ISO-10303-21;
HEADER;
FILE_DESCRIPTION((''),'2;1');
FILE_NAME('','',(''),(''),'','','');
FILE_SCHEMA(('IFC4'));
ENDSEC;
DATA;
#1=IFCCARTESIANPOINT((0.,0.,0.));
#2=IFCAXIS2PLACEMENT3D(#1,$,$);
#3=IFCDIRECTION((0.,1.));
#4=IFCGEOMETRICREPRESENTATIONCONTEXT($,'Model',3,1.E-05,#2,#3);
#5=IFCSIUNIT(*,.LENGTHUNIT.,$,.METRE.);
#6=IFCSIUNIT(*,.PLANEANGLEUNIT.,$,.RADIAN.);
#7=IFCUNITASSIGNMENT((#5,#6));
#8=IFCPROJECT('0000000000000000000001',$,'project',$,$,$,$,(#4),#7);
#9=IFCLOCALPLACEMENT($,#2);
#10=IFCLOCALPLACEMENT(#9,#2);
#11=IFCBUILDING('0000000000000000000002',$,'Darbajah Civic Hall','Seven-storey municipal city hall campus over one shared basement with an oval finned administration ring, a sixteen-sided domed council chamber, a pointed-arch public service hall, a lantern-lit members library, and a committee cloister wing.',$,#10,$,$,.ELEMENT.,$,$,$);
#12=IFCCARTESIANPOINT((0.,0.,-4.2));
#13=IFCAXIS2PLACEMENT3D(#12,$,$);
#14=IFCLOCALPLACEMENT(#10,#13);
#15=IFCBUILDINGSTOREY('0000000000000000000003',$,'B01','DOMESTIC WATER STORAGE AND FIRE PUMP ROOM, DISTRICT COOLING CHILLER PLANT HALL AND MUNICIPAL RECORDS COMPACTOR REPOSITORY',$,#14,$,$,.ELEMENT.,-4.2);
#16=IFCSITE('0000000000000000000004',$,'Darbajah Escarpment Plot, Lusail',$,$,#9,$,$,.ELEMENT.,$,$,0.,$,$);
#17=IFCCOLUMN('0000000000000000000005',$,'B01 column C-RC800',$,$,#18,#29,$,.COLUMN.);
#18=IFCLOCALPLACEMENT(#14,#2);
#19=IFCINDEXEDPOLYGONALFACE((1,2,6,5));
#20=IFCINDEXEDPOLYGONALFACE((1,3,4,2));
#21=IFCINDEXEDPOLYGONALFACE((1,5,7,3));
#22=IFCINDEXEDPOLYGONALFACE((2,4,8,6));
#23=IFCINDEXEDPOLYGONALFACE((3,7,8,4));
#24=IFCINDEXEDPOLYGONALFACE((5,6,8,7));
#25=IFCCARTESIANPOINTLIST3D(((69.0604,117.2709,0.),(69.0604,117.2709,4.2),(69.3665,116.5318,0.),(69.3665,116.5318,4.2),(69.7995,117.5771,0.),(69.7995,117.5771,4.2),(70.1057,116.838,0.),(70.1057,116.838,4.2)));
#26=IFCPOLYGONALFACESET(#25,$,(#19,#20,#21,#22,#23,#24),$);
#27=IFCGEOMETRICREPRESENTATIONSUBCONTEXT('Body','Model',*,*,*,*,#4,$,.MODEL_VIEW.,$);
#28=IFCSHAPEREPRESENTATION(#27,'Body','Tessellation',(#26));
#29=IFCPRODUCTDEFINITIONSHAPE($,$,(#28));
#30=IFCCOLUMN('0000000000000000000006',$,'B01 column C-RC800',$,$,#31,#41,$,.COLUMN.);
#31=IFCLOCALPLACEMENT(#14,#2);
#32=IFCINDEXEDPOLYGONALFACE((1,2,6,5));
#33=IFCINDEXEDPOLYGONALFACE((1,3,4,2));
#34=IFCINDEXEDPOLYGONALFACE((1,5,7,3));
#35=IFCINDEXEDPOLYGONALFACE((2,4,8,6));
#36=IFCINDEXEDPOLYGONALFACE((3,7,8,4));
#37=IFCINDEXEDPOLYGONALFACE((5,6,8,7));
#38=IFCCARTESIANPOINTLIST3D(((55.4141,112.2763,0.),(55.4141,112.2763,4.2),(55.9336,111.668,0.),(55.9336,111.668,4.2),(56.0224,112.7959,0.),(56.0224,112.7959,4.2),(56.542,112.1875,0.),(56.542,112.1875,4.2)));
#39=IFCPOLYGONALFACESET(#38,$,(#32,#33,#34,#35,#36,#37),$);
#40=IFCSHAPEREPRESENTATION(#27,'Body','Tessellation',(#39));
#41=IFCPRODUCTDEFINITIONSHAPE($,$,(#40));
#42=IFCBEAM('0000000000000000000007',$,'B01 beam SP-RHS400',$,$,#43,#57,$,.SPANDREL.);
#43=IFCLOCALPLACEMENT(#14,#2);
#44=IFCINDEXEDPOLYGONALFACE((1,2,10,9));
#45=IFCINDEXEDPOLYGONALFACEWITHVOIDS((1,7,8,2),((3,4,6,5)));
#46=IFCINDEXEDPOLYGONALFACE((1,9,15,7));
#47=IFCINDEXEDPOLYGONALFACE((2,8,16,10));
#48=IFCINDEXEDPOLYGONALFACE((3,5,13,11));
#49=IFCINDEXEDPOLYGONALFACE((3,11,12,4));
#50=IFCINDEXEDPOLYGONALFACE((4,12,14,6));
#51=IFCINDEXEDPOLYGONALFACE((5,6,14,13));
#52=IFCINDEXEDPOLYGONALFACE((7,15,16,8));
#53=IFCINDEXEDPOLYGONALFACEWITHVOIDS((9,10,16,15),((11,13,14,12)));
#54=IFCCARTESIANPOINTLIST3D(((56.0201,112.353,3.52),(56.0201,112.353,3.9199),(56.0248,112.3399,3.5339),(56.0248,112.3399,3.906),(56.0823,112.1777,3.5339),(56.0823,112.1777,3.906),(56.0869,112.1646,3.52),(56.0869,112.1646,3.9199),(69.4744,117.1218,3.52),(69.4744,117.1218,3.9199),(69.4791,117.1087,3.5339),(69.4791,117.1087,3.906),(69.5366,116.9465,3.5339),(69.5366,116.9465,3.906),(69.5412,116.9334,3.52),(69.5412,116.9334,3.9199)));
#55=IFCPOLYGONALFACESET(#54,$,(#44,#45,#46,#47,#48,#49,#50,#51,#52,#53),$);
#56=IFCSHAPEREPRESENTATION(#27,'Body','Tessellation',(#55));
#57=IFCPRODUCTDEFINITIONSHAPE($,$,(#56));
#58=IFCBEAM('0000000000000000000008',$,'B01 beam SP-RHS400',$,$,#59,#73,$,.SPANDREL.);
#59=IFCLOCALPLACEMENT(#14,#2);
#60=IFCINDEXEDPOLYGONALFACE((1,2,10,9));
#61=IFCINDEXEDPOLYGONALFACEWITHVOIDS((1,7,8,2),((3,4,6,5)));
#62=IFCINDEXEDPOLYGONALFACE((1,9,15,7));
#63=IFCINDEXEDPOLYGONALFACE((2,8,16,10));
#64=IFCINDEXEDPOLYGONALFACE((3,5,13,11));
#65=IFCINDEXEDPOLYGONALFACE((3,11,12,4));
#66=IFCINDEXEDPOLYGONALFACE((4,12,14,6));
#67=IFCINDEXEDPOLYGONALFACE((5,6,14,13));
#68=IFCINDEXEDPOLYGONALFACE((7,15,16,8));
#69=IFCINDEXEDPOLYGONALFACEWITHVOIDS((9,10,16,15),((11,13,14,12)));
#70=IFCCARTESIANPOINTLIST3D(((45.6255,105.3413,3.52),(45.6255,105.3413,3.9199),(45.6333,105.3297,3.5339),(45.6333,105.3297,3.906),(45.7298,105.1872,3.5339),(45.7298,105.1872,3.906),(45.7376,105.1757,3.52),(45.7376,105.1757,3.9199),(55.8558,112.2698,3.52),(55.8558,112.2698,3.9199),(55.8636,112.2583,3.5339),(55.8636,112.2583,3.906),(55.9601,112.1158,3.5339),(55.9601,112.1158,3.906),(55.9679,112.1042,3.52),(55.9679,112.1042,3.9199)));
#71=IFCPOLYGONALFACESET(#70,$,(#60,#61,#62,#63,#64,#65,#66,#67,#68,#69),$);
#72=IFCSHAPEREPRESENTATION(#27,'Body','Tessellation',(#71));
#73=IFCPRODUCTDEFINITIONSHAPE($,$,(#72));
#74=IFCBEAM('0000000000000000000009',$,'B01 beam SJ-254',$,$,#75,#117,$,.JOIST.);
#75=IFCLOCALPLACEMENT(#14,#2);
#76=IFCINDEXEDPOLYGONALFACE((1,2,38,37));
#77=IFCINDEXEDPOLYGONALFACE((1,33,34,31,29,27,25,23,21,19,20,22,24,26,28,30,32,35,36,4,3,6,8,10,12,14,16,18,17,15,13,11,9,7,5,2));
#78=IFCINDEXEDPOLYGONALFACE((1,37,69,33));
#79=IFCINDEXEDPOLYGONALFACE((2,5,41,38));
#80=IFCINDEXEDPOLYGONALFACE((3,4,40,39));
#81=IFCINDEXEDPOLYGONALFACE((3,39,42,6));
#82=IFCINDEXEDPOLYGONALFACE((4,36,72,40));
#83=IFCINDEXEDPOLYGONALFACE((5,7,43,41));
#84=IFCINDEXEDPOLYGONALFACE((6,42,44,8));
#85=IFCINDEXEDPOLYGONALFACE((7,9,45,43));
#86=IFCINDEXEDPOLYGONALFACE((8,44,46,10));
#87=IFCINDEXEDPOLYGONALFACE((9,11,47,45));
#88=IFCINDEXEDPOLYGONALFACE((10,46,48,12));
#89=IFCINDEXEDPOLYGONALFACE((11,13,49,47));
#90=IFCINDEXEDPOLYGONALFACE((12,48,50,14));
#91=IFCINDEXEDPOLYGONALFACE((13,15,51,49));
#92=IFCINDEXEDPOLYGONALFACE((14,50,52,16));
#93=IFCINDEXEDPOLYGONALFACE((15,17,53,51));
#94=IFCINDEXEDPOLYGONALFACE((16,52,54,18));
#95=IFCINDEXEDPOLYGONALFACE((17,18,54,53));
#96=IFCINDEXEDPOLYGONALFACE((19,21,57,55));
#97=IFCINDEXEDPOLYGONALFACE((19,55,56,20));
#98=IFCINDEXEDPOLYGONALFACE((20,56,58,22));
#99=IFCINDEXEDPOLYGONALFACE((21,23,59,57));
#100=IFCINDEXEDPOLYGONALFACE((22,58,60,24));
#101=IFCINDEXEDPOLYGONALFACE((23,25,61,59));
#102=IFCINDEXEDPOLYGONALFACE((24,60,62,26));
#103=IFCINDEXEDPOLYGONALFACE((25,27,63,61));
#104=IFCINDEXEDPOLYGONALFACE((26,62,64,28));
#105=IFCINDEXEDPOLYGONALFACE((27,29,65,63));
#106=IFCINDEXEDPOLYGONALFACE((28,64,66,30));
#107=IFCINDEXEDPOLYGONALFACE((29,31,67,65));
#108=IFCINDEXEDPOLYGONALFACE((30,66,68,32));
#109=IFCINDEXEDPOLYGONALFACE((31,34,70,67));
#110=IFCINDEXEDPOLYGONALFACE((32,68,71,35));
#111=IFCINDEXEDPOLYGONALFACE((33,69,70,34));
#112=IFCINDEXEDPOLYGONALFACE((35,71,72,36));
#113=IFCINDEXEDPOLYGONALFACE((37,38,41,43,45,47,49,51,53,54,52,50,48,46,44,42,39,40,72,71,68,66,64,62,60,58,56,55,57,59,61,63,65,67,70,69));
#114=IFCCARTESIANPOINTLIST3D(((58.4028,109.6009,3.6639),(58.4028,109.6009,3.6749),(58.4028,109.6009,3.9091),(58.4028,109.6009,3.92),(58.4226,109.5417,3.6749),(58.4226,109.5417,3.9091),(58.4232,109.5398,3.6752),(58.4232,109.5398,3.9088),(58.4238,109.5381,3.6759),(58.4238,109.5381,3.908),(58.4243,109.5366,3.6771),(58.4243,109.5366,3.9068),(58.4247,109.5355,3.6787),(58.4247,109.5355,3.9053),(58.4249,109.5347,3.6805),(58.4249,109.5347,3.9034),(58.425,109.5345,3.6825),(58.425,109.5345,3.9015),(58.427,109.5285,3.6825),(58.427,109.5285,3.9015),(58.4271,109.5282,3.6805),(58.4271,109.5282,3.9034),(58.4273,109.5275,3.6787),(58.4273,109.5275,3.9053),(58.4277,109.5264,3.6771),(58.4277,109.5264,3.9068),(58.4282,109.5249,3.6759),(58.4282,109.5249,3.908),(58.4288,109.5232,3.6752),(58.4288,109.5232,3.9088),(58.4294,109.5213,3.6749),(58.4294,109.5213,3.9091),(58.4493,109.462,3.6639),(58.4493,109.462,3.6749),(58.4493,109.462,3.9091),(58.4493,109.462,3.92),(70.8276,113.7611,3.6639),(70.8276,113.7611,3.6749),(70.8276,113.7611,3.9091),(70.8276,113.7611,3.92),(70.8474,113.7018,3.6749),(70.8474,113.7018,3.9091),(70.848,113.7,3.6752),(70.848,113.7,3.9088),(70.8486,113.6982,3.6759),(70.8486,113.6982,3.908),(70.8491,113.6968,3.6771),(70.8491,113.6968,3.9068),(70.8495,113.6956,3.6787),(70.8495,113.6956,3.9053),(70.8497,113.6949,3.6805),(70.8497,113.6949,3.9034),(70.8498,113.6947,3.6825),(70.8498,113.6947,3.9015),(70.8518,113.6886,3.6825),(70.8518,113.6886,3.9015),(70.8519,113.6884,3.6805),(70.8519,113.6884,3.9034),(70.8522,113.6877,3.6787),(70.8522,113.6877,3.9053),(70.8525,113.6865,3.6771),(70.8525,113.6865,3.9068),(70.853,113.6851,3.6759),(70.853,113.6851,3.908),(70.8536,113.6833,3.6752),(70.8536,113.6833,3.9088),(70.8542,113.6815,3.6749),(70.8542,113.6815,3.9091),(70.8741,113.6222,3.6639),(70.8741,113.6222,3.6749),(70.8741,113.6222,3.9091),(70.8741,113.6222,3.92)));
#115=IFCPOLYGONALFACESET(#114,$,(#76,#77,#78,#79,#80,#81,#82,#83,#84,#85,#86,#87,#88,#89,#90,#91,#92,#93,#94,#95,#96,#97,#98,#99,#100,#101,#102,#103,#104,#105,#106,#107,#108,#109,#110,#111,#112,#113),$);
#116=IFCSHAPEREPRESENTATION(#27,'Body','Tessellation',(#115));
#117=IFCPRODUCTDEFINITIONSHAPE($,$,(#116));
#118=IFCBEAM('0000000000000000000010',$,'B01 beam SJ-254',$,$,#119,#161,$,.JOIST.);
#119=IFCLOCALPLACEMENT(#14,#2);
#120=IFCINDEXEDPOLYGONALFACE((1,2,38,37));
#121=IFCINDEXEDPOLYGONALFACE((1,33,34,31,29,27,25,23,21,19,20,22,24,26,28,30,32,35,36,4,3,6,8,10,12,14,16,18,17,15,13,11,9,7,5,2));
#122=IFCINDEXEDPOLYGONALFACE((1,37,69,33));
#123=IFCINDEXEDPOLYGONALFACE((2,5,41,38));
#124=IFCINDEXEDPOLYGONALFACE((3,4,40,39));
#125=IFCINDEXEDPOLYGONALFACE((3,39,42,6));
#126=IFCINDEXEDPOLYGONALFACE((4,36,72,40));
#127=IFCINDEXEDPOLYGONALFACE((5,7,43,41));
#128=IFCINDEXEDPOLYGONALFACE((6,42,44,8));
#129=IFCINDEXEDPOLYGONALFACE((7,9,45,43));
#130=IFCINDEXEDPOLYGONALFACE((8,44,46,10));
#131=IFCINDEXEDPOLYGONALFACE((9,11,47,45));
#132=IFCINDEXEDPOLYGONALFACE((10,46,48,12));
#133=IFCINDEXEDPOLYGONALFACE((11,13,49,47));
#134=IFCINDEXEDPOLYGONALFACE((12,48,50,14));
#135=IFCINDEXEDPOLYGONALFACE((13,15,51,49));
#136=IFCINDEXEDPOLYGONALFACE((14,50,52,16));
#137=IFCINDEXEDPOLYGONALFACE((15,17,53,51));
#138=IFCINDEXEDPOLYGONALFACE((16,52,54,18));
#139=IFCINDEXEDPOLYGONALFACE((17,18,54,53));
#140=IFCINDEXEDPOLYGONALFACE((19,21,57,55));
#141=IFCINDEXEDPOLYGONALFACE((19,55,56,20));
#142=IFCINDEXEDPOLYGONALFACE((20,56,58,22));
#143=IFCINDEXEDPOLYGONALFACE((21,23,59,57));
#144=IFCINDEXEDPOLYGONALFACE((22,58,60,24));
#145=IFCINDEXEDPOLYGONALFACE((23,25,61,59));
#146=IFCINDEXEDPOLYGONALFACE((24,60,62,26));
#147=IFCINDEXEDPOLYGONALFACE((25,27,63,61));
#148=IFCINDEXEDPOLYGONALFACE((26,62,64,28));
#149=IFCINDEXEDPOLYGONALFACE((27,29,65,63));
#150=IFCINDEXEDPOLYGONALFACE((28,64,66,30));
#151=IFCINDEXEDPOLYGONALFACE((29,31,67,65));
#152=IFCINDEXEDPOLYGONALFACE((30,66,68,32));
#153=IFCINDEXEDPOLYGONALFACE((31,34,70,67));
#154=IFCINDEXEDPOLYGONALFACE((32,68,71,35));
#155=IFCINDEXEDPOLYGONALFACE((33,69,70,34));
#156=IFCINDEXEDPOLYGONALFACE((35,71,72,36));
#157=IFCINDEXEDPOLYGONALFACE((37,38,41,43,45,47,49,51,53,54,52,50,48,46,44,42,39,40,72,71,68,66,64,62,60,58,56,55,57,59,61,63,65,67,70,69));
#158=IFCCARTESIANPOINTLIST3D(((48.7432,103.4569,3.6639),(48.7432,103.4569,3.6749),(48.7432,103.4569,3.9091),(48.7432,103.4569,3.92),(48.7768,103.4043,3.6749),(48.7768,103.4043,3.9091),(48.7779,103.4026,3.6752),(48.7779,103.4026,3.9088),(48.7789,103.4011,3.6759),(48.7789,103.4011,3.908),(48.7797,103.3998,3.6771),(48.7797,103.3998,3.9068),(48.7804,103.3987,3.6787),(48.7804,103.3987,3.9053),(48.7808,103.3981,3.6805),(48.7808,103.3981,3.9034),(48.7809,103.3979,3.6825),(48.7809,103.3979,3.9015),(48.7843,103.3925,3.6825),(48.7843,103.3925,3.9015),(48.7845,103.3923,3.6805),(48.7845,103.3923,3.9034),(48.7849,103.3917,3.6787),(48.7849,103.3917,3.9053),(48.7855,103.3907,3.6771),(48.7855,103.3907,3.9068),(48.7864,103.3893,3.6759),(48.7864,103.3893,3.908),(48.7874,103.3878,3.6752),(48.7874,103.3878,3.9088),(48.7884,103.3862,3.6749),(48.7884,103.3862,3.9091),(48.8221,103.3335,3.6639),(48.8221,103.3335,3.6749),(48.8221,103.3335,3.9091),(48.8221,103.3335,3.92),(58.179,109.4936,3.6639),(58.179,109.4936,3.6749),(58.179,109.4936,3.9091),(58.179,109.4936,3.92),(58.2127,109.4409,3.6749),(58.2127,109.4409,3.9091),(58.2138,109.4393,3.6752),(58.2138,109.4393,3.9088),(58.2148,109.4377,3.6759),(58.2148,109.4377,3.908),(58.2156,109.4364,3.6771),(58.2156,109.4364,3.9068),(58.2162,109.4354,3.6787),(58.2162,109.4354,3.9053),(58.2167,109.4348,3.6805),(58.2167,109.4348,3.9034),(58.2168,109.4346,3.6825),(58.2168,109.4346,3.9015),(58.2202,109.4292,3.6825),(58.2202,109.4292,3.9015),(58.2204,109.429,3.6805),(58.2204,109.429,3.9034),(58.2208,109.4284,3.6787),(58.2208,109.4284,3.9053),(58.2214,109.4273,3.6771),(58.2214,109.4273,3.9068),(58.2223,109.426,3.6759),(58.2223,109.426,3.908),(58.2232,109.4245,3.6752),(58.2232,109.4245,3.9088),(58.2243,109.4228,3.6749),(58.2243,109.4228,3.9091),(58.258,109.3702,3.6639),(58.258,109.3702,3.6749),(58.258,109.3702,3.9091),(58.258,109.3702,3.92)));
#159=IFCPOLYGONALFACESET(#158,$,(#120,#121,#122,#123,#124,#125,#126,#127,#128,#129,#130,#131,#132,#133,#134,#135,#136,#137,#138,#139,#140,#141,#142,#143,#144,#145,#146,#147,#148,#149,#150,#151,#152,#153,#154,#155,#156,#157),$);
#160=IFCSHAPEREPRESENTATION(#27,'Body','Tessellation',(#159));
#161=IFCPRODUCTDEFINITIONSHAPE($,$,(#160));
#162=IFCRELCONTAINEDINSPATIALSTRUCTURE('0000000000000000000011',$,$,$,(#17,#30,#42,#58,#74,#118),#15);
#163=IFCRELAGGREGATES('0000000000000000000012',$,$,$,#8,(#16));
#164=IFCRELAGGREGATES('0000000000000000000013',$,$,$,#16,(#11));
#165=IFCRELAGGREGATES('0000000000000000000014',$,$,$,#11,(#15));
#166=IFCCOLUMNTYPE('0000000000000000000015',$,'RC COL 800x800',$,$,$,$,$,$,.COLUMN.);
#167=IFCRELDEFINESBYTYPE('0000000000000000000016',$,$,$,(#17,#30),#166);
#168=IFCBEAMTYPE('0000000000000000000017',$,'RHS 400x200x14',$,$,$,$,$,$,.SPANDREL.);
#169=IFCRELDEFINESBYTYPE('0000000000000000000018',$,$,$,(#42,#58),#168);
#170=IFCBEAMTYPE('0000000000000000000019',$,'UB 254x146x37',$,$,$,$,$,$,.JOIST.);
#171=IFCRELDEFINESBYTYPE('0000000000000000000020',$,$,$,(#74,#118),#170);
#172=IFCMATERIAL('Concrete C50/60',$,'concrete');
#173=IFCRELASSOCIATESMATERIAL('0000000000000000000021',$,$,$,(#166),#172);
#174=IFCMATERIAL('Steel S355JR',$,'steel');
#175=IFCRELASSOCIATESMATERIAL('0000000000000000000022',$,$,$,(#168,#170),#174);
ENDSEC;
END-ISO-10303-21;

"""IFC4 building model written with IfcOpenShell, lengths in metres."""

from ifc_helpers import new_model, si_unit, direction, frame, origin, origin_2d, place, context, subcontext, project, spatial, rectangle, hollow_rectangle, i_section, extrude, material, material_profile, profile_set, type_object, element, save


model = new_model("IFC4")

# Units and contexts
model_context = context("Model", 3, precision=1e-05, world=origin(), true_north=direction((0.0, 1.0)))
body_context = subcontext(model_context, "Body", "Model", "MODEL_VIEW")
ifc_project = project(units=[si_unit("LENGTHUNIT", "METRE"), si_unit("PLANEANGLEUNIT", "RADIAN")], contexts=[model_context])

# Site, building, storey
site_placement = place(None, origin())
site = spatial("IfcSite", under=ifc_project, at=site_placement, Name="Darbajah Escarpment Plot, Lusail", CompositionType="ELEMENT", RefElevation=0.0)
building_placement = place(site_placement, origin())
building = spatial("IfcBuilding", under=site, at=building_placement, Name="Darbajah Civic Hall", Description="Seven-storey municipal city hall campus over one shared basement with an oval finned administration ring, a sixteen-sided domed council chamber, a pointed-arch public service hall, a lantern-lit members library, and a committee cloister wing.", CompositionType="ELEMENT")
storey_placement = place(building_placement, frame((0.0, 0.0, -4.2)))
storey = spatial("IfcBuildingStorey", under=building, at=storey_placement, Name="B01", Description="DOMESTIC WATER STORAGE AND FIRE PUMP ROOM, DISTRICT COOLING CHILLER PLANT HALL AND MUNICIPAL RECORDS COMPACTOR REPOSITORY", CompositionType="ELEMENT", Elevation=-4.2)

# Columns
ifc_material_1 = material(Name="Concrete C50/60", Category="concrete")
ifc_material_profile_1 = material_profile(ifc_material_1, rectangle(XDim=0.8, YDim=0.8, at=origin_2d()), Name="RC COL 800x800")
ifc_profile_set_1 = profile_set([ifc_material_profile_1], Name="Concrete C50/60")
column_type_1 = type_object("IfcColumnType", Name="RC COL 800x800", PredefinedType="COLUMN", material=ifc_profile_set_1)
for number, where, z_axis, x_axis, name in (
    (1, (69.583, 117.0544, 0.0), (0.0, 0.0, 1.0), (-0.382683, 0.92388, 0.0), "B01 column C-RC800"),
    (2, (55.978, 112.2319, 0.0), (0.0, 0.0, 1.0), (-0.649448, 0.760406, 0.0), "B01 column C-RC800"),
):
    element("IfcColumn", number, at=place(storey_placement, frame(where, z_axis=z_axis, x_axis=x_axis)), inside=storey, type_object=column_type_1, Name=name, PredefinedType="COLUMN", context=body_context, shape_type="SweptSolid", body=[
        extrude(rectangle(XDim=0.8, YDim=0.8, at=origin_2d()), origin(), (0.0, 0.0, 1.0), 4.2),
    ])

# Beams
ifc_material_2 = material(Name="Steel S355JR", Category="steel")
ifc_material_profile_2 = material_profile(ifc_material_2, hollow_rectangle(XDim=0.2, YDim=0.3999, WallThickness=0.0139, at=origin_2d()), Name="RHS 400x200x14")
ifc_profile_set_2 = profile_set([ifc_material_profile_2], Name="Steel S355JR")
beam_type_1 = type_object("IfcBeamType", Name="RHS 400x200x14", PredefinedType="SPANDREL", material=ifc_profile_set_2)
beam_1_placement = place(storey_placement, frame((69.5078, 117.0276, 3.72), z_axis=(-0.942545, -0.334079, 0.0), x_axis=(0.334079, -0.942545, 0.0)))
element("IfcBeam", 3, at=beam_1_placement, inside=storey, type_object=beam_type_1, Name="B01 beam SP-RHS400", PredefinedType="SPANDREL", context=body_context, shape_type="SweptSolid", body=[
    extrude(hollow_rectangle(XDim=0.2, YDim=0.3999, WallThickness=0.0139, at=origin_2d()), origin(), (0.0, 0.0, 1.0), 14.2744),
])
beam_2_placement = place(storey_placement, frame((55.9119, 112.187, 3.72), z_axis=(-0.827982, -0.560755, 0.0), x_axis=(0.560755, -0.827982, 0.0)))
element("IfcBeam", 4, at=beam_2_placement, inside=storey, type_object=beam_type_1, Name="B01 beam SP-RHS400", PredefinedType="SPANDREL", context=body_context, shape_type="SweptSolid", body=[
    extrude(hollow_rectangle(XDim=0.2, YDim=0.3999, WallThickness=0.0139, at=origin_2d()), origin(), (0.0, 0.0, 1.0), 12.3557),
])
ifc_material_profile_3 = material_profile(ifc_material_2, i_section(OverallWidth=0.1465, OverallDepth=0.2561, WebThickness=0.0063, FlangeThickness=0.011, FilletRadius=0.0076, at=origin_2d()), Name="UB 254x146x37")
ifc_profile_set_3 = profile_set([ifc_material_profile_3], Name="Steel S355JR")
beam_type_2 = type_object("IfcBeamType", Name="UB 254x146x37", PredefinedType="JOIST", material=ifc_profile_set_3)
beam_3_placement = place(storey_placement, frame((70.8508, 113.6917, 3.792), z_axis=(-0.948258, -0.317502, 0.0), x_axis=(0.317502, -0.948258, 0.0)))
element("IfcBeam", 5, at=beam_3_placement, inside=storey, type_object=beam_type_2, Name="B01 beam SJ-254", PredefinedType="JOIST", context=body_context, shape_type="SweptSolid", body=[
    extrude(i_section(OverallWidth=0.1465, OverallDepth=0.2561, WebThickness=0.0063, FlangeThickness=0.011, FilletRadius=0.0076, at=origin_2d()), origin(), (0.0, 0.0, 1.0), 13.1028),
])
beam_4_placement = place(storey_placement, frame((58.2185, 109.4319, 3.792), z_axis=(-0.842364, -0.538909, 0.0), x_axis=(0.538909, -0.842364, 0.0)))
element("IfcBeam", 6, at=beam_4_placement, inside=storey, type_object=beam_type_2, Name="B01 beam SJ-254", PredefinedType="JOIST", context=body_context, shape_type="SweptSolid", body=[
    extrude(i_section(OverallWidth=0.1465, OverallDepth=0.2561, WebThickness=0.0063, FlangeThickness=0.011, FilletRadius=0.0076, at=origin_2d()), origin(), (0.0, 0.0, 1.0), 11.2017),
])

save(model, "model.ifc")
